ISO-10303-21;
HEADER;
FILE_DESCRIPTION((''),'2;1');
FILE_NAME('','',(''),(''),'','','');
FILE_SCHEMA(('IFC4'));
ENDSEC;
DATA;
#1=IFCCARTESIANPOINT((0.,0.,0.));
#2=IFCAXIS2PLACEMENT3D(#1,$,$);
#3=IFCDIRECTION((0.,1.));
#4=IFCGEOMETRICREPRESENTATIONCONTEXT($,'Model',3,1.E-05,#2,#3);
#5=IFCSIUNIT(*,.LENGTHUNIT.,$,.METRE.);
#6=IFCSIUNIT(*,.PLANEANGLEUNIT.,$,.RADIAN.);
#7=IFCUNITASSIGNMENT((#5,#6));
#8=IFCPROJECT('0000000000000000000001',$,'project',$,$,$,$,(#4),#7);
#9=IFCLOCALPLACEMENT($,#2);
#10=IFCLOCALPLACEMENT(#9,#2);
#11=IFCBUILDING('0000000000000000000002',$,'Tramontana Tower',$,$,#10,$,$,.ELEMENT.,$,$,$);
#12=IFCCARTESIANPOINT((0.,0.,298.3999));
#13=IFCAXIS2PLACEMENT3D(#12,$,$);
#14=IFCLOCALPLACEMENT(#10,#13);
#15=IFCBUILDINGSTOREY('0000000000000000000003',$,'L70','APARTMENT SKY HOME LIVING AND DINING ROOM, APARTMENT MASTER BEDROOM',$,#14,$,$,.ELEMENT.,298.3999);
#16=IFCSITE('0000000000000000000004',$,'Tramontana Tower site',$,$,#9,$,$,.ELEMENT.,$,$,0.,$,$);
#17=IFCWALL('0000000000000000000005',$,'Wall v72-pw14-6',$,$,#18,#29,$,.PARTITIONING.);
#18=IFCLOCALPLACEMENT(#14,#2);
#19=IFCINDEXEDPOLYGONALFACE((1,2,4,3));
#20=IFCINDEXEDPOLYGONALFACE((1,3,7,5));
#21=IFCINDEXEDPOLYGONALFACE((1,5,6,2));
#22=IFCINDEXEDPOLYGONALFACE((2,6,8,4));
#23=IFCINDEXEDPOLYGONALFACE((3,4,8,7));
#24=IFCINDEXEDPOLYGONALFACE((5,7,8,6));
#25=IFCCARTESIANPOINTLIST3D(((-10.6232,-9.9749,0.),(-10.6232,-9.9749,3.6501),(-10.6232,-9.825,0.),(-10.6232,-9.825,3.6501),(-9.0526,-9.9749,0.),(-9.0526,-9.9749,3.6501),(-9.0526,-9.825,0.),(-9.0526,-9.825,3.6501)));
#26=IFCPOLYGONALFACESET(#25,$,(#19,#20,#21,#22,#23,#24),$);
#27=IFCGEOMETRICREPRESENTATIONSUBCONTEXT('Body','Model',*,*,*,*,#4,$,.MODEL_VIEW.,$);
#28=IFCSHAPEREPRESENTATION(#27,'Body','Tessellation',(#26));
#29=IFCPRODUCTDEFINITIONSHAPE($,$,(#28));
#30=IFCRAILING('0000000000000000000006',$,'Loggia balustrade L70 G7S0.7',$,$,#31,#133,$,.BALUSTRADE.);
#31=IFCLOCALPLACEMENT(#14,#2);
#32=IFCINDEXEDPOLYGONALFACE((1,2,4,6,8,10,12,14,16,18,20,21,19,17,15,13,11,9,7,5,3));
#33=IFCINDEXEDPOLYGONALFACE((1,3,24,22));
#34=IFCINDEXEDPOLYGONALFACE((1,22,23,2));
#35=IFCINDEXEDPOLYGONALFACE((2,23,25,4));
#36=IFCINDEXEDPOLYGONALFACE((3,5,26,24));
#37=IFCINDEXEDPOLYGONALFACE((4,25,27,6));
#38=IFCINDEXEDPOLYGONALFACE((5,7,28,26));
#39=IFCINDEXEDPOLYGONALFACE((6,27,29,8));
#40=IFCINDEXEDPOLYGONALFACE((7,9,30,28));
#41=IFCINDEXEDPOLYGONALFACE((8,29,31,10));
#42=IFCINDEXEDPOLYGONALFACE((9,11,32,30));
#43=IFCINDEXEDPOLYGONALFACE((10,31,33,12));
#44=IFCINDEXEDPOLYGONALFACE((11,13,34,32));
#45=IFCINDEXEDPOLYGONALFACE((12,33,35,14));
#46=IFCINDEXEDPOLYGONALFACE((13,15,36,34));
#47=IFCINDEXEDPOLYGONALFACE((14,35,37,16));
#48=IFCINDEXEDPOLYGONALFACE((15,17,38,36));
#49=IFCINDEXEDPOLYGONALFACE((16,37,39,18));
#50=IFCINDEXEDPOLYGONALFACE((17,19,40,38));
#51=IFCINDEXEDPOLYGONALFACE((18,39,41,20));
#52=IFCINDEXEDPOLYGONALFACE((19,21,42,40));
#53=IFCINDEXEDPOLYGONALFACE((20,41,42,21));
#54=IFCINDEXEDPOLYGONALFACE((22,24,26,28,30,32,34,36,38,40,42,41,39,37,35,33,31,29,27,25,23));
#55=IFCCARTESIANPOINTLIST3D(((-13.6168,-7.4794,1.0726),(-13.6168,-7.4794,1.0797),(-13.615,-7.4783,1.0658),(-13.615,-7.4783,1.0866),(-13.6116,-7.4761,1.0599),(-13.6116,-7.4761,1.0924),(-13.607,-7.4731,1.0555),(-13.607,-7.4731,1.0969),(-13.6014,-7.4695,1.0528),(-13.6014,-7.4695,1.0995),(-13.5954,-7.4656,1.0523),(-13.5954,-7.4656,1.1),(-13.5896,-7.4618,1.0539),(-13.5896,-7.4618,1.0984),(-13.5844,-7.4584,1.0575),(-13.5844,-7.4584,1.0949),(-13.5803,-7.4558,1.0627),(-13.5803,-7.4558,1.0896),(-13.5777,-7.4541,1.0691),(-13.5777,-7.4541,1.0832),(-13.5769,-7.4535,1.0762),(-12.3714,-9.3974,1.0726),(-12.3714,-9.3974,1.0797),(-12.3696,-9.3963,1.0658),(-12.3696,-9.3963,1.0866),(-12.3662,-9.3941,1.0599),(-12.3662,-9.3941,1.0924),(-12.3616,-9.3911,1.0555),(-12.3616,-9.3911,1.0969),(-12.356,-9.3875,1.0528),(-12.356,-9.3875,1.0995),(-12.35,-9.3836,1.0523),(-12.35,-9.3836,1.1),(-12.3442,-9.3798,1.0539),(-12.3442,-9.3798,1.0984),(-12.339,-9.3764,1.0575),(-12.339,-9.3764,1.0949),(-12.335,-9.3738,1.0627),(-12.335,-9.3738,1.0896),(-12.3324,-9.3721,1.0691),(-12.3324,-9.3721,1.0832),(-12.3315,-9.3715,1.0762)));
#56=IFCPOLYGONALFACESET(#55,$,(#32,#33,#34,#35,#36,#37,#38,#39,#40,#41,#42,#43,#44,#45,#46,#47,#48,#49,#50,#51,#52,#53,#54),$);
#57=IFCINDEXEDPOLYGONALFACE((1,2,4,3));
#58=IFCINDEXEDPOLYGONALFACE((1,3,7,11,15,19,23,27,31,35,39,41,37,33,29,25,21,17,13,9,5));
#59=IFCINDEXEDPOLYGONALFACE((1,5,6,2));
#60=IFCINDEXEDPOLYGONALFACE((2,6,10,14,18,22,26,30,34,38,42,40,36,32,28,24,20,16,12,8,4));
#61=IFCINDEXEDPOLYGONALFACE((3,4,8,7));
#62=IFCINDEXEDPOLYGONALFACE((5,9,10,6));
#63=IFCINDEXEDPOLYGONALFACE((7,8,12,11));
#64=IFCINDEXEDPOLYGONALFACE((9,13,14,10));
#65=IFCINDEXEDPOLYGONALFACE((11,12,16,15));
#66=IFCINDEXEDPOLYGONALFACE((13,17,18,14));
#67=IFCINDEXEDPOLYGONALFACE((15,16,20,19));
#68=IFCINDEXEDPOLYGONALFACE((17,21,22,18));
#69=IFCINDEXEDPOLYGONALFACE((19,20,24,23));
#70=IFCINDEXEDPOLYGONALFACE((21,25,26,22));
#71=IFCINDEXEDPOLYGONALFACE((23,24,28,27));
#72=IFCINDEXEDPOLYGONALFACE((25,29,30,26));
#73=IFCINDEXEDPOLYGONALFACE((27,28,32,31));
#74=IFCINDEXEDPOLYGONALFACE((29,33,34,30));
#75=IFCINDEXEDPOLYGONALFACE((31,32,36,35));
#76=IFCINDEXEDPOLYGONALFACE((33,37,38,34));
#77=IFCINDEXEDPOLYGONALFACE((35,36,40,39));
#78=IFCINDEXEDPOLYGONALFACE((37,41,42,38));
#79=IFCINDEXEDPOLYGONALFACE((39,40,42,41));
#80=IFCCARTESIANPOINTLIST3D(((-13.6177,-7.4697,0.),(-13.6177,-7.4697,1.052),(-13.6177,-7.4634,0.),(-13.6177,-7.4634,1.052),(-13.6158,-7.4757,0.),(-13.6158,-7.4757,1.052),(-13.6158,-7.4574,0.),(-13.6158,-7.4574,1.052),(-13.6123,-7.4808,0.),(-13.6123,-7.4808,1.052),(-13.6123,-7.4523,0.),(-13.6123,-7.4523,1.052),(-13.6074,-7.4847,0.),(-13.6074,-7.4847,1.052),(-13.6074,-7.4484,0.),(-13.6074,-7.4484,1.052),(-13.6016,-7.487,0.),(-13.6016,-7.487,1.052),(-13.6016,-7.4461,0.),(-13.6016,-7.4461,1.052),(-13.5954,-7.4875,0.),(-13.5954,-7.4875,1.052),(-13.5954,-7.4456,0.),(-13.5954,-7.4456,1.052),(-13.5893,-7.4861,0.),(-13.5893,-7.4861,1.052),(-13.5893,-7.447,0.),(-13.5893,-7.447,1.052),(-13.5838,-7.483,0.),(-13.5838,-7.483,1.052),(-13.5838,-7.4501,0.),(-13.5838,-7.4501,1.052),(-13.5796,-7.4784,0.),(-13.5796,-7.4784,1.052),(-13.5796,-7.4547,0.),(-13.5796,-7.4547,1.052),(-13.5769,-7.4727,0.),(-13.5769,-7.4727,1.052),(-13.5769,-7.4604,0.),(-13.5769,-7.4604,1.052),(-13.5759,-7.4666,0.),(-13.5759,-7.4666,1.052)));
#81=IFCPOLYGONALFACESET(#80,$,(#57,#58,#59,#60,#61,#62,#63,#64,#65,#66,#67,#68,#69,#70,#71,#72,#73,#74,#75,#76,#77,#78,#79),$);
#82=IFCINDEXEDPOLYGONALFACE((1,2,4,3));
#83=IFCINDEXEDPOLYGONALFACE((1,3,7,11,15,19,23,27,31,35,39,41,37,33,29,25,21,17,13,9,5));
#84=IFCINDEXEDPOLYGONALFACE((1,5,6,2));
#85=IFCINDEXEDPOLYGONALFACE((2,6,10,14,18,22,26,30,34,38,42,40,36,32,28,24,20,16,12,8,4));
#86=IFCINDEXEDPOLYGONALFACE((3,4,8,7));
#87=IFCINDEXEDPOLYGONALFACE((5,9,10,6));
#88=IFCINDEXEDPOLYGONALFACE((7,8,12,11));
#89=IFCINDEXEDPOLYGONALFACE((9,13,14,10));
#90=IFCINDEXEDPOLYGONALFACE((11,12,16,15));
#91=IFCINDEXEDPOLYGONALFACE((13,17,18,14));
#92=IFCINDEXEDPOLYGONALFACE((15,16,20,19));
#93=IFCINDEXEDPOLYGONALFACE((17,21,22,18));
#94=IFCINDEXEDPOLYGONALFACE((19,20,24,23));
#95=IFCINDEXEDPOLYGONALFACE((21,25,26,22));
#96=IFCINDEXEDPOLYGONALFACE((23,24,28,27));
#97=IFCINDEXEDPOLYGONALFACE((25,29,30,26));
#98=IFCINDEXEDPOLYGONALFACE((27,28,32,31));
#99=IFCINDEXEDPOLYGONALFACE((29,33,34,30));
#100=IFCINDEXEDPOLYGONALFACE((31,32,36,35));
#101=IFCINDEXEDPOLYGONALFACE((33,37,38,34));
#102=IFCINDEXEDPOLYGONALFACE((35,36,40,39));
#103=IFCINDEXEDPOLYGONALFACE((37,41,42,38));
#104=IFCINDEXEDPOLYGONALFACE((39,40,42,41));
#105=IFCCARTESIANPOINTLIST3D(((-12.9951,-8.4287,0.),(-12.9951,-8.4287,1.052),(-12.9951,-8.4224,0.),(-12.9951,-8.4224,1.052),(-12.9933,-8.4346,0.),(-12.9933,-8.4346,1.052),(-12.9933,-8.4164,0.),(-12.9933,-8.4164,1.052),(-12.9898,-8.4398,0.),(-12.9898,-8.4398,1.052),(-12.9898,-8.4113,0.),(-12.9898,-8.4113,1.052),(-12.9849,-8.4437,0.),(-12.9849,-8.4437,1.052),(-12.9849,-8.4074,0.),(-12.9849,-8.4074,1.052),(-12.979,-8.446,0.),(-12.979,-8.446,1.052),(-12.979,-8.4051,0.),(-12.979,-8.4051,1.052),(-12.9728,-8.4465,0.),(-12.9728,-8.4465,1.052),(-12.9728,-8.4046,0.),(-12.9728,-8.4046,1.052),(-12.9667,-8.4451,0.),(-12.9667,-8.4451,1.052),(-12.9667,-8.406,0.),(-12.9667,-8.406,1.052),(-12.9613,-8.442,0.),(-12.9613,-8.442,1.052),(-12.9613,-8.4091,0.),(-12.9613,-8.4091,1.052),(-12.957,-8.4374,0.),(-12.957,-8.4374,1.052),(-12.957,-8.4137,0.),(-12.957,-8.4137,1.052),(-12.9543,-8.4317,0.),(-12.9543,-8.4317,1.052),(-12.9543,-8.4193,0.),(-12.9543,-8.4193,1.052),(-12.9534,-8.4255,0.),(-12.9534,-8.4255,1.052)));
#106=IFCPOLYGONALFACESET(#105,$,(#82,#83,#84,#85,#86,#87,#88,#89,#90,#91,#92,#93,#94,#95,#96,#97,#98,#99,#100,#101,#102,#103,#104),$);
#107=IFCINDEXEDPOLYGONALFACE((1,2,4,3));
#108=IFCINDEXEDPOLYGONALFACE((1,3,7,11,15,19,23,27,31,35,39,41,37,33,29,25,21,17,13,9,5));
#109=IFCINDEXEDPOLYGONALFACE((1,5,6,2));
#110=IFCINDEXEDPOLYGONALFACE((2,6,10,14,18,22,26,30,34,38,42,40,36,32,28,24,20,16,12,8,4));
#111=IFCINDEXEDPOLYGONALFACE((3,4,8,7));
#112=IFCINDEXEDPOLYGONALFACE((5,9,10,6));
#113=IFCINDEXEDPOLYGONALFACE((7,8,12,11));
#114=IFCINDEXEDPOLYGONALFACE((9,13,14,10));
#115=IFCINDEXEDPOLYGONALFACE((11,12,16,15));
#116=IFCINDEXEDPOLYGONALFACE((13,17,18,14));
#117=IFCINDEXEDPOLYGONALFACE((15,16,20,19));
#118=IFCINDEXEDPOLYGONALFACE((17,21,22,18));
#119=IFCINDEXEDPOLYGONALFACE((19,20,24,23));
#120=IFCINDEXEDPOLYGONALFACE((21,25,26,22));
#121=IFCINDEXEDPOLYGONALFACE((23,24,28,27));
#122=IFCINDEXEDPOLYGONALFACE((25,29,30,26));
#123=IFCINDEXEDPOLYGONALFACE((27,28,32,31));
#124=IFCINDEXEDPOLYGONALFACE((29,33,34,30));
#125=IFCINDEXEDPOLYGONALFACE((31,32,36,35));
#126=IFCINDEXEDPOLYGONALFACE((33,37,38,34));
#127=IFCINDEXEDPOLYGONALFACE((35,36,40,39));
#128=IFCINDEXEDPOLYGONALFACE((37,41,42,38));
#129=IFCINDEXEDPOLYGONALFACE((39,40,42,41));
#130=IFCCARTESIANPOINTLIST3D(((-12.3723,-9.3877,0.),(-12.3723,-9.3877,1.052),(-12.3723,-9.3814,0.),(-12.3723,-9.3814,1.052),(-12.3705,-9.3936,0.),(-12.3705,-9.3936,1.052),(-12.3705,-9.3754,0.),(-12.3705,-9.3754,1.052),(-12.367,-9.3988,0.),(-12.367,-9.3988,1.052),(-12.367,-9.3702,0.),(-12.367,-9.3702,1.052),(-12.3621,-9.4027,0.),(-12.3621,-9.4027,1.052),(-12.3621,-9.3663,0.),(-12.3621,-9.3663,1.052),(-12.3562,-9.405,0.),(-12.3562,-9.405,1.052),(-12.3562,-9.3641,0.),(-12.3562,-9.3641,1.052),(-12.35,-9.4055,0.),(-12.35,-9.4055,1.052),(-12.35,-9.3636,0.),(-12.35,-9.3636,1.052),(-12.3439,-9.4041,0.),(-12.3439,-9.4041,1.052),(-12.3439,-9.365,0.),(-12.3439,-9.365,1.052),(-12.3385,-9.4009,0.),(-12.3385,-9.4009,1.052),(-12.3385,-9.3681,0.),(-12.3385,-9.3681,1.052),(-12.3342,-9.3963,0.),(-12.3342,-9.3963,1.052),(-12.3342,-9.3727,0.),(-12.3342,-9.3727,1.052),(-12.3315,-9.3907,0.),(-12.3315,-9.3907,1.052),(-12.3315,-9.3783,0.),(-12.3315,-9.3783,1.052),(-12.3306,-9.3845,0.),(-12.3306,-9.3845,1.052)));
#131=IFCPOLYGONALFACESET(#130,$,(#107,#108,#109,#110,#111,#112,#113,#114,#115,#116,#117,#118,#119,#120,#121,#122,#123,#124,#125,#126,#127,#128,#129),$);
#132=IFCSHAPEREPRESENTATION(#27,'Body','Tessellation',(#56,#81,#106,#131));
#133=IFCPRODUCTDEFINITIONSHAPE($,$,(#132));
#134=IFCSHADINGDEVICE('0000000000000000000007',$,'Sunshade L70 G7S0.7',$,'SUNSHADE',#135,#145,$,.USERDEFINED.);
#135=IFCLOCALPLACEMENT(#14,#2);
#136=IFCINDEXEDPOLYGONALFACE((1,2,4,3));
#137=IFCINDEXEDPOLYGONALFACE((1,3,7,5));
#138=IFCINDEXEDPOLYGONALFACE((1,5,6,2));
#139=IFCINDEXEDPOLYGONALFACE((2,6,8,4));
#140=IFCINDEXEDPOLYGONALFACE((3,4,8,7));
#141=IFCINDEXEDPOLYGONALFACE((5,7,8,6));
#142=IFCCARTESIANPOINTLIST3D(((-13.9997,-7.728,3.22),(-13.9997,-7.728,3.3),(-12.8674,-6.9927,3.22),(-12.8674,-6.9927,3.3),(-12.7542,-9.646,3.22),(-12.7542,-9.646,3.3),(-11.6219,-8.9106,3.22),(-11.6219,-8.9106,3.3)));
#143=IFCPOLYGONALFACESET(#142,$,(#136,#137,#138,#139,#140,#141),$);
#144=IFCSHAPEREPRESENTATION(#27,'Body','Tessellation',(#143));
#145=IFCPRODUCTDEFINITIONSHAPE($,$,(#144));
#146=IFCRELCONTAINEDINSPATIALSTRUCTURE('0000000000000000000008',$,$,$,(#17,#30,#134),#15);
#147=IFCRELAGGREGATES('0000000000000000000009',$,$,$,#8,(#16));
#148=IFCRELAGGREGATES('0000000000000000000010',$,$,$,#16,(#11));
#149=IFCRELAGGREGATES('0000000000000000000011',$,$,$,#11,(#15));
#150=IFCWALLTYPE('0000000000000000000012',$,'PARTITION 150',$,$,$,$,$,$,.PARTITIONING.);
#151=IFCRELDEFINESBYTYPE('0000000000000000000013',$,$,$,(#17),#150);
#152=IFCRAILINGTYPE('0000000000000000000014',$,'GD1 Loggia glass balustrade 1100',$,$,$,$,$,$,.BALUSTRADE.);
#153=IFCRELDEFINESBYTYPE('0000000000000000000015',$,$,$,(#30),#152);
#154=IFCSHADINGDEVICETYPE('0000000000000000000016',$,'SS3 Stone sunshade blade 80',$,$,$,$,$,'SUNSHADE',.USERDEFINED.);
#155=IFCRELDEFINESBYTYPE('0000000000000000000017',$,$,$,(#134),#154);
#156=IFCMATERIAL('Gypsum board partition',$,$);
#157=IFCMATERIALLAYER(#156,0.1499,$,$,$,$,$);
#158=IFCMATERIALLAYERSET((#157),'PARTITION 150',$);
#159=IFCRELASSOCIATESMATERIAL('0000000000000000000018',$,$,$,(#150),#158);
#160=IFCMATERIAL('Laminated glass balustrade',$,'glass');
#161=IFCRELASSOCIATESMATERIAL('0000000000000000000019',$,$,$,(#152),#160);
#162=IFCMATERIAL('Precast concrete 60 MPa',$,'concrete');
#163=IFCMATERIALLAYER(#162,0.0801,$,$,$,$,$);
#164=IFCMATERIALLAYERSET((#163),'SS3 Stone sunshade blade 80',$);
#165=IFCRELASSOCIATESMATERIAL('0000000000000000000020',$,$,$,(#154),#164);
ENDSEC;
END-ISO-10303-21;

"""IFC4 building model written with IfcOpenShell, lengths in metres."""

from ifc_helpers import new_model, si_unit, direction, frame, frame_2d, origin, origin_2d, place, context, subcontext, project, spatial, rectangle, circle, extrude, material, layer, layer_set, type_object, element, save


model = new_model("IFC4")

# Units and contexts
model_context = context("Model", 3, precision=1e-05, world=origin(), true_north=direction((0.0, 1.0)))
body_context = subcontext(model_context, "Body", "Model", "MODEL_VIEW")
ifc_project = project(units=[si_unit("LENGTHUNIT", "METRE"), si_unit("PLANEANGLEUNIT", "RADIAN")], contexts=[model_context])

# Site, building, storey
site_placement = place(None, origin())
site = spatial("IfcSite", under=ifc_project, at=site_placement, Name="Tramontana Tower site", CompositionType="ELEMENT", RefElevation=0.0)
building_placement = place(site_placement, origin())
building = spatial("IfcBuilding", under=site, at=building_placement, Name="Tramontana Tower", CompositionType="ELEMENT")
storey_placement = place(building_placement, frame((0.0, 0.0, 298.3999)))
storey = spatial("IfcBuildingStorey", under=building, at=storey_placement, Name="L70", Description="APARTMENT SKY HOME LIVING AND DINING ROOM, APARTMENT MASTER BEDROOM", CompositionType="ELEMENT", Elevation=298.3999)

# Shared definitions
ifc_material_1 = material(Name="Gypsum board partition")
ifc_layer_1 = layer(ifc_material_1, 0.1499)
ifc_layer_set_1 = layer_set([ifc_layer_1], Name="PARTITION 150")
wall_type_1 = type_object("IfcWallType", Name="PARTITION 150", PredefinedType="PARTITIONING", material=ifc_layer_set_1)

# Wall
wall_1_placement = place(storey_placement, frame((-9.0527, -9.8999, 0.0), z_axis=(0.0, 0.0, 1.0), x_axis=(-1.0, 0.0, 0.0)))
element("IfcWall", 1, at=wall_1_placement, inside=storey, type_object=wall_type_1, Name="Wall v72-pw14-6", PredefinedType="PARTITIONING", context=body_context, shape_type="SweptSolid", body=[
    extrude(rectangle(XDim=1.5706, YDim=0.1499, at=frame_2d((0.7852, 0.0))), origin(), (0.0, 0.0, 1.0), 3.6501),
])

# Railing
ifc_material_2 = material(Name="Laminated glass balustrade", Category="glass")
railing_type = type_object("IfcRailingType", Name="GD1 Loggia glass balustrade 1100", PredefinedType="BALUSTRADE", material=ifc_material_2)
railing_placement = place(storey_placement, frame((-13.5969, -7.4666, 0.0)))
element("IfcRailing", 2, at=railing_placement, inside=storey, type_object=railing_type, Name="Loggia balustrade L70 G7S0.7", PredefinedType="BALUSTRADE", context=body_context, shape_type="SweptSolid", body=[
    extrude(circle(Radius=0.0239, at=origin_2d()), frame((0.0, 0.0, 1.0762), z_axis=(0.544583, -0.838707, 0.0), x_axis=(0.838707, 0.544583, 0.0)), (0.0, 0.0, 1.0), 2.2869),
    extrude(circle(Radius=0.021, at=origin_2d()), origin(), (0.0, 0.0, 1.0), 1.052),
    extrude(circle(Radius=0.021, at=origin_2d()), frame((0.6226, -0.959, 0.0)), (0.0, 0.0, 1.0), 1.052),
    extrude(circle(Radius=0.021, at=origin_2d()), frame((1.2454, -1.918, 0.0)), (0.0, 0.0, 1.0), 1.052),
])

# Shading device
ifc_material_3 = material(Name="Precast concrete 60 MPa", Category="concrete")
ifc_layer_2 = layer(ifc_material_3, 0.0801)
ifc_layer_set_2 = layer_set([ifc_layer_2], Name="SS3 Stone sunshade blade 80")
shading_device_type = type_object("IfcShadingDeviceType", Name="SS3 Stone sunshade blade 80", ElementType="SUNSHADE", PredefinedType="USERDEFINED", material=ifc_layer_set_2)
shading_device_placement = place(storey_placement, frame((-12.8108, -8.3193, 3.22), z_axis=(0.0, 0.0, 1.0), x_axis=(0.544639, -0.838671, 0.0)))
element("IfcShadingDevice", 3, at=shading_device_placement, inside=storey, type_object=shading_device_type, Name="Sunshade L70 G7S0.7", ObjectType="SUNSHADE", PredefinedType="USERDEFINED", context=body_context, shape_type="SweptSolid", body=[
    extrude(rectangle(XDim=2.2869, YDim=1.3501, at=origin_2d()), origin(), (0.0, 0.0, 1.0), 0.0801),
])

save(model, "model.ifc")
